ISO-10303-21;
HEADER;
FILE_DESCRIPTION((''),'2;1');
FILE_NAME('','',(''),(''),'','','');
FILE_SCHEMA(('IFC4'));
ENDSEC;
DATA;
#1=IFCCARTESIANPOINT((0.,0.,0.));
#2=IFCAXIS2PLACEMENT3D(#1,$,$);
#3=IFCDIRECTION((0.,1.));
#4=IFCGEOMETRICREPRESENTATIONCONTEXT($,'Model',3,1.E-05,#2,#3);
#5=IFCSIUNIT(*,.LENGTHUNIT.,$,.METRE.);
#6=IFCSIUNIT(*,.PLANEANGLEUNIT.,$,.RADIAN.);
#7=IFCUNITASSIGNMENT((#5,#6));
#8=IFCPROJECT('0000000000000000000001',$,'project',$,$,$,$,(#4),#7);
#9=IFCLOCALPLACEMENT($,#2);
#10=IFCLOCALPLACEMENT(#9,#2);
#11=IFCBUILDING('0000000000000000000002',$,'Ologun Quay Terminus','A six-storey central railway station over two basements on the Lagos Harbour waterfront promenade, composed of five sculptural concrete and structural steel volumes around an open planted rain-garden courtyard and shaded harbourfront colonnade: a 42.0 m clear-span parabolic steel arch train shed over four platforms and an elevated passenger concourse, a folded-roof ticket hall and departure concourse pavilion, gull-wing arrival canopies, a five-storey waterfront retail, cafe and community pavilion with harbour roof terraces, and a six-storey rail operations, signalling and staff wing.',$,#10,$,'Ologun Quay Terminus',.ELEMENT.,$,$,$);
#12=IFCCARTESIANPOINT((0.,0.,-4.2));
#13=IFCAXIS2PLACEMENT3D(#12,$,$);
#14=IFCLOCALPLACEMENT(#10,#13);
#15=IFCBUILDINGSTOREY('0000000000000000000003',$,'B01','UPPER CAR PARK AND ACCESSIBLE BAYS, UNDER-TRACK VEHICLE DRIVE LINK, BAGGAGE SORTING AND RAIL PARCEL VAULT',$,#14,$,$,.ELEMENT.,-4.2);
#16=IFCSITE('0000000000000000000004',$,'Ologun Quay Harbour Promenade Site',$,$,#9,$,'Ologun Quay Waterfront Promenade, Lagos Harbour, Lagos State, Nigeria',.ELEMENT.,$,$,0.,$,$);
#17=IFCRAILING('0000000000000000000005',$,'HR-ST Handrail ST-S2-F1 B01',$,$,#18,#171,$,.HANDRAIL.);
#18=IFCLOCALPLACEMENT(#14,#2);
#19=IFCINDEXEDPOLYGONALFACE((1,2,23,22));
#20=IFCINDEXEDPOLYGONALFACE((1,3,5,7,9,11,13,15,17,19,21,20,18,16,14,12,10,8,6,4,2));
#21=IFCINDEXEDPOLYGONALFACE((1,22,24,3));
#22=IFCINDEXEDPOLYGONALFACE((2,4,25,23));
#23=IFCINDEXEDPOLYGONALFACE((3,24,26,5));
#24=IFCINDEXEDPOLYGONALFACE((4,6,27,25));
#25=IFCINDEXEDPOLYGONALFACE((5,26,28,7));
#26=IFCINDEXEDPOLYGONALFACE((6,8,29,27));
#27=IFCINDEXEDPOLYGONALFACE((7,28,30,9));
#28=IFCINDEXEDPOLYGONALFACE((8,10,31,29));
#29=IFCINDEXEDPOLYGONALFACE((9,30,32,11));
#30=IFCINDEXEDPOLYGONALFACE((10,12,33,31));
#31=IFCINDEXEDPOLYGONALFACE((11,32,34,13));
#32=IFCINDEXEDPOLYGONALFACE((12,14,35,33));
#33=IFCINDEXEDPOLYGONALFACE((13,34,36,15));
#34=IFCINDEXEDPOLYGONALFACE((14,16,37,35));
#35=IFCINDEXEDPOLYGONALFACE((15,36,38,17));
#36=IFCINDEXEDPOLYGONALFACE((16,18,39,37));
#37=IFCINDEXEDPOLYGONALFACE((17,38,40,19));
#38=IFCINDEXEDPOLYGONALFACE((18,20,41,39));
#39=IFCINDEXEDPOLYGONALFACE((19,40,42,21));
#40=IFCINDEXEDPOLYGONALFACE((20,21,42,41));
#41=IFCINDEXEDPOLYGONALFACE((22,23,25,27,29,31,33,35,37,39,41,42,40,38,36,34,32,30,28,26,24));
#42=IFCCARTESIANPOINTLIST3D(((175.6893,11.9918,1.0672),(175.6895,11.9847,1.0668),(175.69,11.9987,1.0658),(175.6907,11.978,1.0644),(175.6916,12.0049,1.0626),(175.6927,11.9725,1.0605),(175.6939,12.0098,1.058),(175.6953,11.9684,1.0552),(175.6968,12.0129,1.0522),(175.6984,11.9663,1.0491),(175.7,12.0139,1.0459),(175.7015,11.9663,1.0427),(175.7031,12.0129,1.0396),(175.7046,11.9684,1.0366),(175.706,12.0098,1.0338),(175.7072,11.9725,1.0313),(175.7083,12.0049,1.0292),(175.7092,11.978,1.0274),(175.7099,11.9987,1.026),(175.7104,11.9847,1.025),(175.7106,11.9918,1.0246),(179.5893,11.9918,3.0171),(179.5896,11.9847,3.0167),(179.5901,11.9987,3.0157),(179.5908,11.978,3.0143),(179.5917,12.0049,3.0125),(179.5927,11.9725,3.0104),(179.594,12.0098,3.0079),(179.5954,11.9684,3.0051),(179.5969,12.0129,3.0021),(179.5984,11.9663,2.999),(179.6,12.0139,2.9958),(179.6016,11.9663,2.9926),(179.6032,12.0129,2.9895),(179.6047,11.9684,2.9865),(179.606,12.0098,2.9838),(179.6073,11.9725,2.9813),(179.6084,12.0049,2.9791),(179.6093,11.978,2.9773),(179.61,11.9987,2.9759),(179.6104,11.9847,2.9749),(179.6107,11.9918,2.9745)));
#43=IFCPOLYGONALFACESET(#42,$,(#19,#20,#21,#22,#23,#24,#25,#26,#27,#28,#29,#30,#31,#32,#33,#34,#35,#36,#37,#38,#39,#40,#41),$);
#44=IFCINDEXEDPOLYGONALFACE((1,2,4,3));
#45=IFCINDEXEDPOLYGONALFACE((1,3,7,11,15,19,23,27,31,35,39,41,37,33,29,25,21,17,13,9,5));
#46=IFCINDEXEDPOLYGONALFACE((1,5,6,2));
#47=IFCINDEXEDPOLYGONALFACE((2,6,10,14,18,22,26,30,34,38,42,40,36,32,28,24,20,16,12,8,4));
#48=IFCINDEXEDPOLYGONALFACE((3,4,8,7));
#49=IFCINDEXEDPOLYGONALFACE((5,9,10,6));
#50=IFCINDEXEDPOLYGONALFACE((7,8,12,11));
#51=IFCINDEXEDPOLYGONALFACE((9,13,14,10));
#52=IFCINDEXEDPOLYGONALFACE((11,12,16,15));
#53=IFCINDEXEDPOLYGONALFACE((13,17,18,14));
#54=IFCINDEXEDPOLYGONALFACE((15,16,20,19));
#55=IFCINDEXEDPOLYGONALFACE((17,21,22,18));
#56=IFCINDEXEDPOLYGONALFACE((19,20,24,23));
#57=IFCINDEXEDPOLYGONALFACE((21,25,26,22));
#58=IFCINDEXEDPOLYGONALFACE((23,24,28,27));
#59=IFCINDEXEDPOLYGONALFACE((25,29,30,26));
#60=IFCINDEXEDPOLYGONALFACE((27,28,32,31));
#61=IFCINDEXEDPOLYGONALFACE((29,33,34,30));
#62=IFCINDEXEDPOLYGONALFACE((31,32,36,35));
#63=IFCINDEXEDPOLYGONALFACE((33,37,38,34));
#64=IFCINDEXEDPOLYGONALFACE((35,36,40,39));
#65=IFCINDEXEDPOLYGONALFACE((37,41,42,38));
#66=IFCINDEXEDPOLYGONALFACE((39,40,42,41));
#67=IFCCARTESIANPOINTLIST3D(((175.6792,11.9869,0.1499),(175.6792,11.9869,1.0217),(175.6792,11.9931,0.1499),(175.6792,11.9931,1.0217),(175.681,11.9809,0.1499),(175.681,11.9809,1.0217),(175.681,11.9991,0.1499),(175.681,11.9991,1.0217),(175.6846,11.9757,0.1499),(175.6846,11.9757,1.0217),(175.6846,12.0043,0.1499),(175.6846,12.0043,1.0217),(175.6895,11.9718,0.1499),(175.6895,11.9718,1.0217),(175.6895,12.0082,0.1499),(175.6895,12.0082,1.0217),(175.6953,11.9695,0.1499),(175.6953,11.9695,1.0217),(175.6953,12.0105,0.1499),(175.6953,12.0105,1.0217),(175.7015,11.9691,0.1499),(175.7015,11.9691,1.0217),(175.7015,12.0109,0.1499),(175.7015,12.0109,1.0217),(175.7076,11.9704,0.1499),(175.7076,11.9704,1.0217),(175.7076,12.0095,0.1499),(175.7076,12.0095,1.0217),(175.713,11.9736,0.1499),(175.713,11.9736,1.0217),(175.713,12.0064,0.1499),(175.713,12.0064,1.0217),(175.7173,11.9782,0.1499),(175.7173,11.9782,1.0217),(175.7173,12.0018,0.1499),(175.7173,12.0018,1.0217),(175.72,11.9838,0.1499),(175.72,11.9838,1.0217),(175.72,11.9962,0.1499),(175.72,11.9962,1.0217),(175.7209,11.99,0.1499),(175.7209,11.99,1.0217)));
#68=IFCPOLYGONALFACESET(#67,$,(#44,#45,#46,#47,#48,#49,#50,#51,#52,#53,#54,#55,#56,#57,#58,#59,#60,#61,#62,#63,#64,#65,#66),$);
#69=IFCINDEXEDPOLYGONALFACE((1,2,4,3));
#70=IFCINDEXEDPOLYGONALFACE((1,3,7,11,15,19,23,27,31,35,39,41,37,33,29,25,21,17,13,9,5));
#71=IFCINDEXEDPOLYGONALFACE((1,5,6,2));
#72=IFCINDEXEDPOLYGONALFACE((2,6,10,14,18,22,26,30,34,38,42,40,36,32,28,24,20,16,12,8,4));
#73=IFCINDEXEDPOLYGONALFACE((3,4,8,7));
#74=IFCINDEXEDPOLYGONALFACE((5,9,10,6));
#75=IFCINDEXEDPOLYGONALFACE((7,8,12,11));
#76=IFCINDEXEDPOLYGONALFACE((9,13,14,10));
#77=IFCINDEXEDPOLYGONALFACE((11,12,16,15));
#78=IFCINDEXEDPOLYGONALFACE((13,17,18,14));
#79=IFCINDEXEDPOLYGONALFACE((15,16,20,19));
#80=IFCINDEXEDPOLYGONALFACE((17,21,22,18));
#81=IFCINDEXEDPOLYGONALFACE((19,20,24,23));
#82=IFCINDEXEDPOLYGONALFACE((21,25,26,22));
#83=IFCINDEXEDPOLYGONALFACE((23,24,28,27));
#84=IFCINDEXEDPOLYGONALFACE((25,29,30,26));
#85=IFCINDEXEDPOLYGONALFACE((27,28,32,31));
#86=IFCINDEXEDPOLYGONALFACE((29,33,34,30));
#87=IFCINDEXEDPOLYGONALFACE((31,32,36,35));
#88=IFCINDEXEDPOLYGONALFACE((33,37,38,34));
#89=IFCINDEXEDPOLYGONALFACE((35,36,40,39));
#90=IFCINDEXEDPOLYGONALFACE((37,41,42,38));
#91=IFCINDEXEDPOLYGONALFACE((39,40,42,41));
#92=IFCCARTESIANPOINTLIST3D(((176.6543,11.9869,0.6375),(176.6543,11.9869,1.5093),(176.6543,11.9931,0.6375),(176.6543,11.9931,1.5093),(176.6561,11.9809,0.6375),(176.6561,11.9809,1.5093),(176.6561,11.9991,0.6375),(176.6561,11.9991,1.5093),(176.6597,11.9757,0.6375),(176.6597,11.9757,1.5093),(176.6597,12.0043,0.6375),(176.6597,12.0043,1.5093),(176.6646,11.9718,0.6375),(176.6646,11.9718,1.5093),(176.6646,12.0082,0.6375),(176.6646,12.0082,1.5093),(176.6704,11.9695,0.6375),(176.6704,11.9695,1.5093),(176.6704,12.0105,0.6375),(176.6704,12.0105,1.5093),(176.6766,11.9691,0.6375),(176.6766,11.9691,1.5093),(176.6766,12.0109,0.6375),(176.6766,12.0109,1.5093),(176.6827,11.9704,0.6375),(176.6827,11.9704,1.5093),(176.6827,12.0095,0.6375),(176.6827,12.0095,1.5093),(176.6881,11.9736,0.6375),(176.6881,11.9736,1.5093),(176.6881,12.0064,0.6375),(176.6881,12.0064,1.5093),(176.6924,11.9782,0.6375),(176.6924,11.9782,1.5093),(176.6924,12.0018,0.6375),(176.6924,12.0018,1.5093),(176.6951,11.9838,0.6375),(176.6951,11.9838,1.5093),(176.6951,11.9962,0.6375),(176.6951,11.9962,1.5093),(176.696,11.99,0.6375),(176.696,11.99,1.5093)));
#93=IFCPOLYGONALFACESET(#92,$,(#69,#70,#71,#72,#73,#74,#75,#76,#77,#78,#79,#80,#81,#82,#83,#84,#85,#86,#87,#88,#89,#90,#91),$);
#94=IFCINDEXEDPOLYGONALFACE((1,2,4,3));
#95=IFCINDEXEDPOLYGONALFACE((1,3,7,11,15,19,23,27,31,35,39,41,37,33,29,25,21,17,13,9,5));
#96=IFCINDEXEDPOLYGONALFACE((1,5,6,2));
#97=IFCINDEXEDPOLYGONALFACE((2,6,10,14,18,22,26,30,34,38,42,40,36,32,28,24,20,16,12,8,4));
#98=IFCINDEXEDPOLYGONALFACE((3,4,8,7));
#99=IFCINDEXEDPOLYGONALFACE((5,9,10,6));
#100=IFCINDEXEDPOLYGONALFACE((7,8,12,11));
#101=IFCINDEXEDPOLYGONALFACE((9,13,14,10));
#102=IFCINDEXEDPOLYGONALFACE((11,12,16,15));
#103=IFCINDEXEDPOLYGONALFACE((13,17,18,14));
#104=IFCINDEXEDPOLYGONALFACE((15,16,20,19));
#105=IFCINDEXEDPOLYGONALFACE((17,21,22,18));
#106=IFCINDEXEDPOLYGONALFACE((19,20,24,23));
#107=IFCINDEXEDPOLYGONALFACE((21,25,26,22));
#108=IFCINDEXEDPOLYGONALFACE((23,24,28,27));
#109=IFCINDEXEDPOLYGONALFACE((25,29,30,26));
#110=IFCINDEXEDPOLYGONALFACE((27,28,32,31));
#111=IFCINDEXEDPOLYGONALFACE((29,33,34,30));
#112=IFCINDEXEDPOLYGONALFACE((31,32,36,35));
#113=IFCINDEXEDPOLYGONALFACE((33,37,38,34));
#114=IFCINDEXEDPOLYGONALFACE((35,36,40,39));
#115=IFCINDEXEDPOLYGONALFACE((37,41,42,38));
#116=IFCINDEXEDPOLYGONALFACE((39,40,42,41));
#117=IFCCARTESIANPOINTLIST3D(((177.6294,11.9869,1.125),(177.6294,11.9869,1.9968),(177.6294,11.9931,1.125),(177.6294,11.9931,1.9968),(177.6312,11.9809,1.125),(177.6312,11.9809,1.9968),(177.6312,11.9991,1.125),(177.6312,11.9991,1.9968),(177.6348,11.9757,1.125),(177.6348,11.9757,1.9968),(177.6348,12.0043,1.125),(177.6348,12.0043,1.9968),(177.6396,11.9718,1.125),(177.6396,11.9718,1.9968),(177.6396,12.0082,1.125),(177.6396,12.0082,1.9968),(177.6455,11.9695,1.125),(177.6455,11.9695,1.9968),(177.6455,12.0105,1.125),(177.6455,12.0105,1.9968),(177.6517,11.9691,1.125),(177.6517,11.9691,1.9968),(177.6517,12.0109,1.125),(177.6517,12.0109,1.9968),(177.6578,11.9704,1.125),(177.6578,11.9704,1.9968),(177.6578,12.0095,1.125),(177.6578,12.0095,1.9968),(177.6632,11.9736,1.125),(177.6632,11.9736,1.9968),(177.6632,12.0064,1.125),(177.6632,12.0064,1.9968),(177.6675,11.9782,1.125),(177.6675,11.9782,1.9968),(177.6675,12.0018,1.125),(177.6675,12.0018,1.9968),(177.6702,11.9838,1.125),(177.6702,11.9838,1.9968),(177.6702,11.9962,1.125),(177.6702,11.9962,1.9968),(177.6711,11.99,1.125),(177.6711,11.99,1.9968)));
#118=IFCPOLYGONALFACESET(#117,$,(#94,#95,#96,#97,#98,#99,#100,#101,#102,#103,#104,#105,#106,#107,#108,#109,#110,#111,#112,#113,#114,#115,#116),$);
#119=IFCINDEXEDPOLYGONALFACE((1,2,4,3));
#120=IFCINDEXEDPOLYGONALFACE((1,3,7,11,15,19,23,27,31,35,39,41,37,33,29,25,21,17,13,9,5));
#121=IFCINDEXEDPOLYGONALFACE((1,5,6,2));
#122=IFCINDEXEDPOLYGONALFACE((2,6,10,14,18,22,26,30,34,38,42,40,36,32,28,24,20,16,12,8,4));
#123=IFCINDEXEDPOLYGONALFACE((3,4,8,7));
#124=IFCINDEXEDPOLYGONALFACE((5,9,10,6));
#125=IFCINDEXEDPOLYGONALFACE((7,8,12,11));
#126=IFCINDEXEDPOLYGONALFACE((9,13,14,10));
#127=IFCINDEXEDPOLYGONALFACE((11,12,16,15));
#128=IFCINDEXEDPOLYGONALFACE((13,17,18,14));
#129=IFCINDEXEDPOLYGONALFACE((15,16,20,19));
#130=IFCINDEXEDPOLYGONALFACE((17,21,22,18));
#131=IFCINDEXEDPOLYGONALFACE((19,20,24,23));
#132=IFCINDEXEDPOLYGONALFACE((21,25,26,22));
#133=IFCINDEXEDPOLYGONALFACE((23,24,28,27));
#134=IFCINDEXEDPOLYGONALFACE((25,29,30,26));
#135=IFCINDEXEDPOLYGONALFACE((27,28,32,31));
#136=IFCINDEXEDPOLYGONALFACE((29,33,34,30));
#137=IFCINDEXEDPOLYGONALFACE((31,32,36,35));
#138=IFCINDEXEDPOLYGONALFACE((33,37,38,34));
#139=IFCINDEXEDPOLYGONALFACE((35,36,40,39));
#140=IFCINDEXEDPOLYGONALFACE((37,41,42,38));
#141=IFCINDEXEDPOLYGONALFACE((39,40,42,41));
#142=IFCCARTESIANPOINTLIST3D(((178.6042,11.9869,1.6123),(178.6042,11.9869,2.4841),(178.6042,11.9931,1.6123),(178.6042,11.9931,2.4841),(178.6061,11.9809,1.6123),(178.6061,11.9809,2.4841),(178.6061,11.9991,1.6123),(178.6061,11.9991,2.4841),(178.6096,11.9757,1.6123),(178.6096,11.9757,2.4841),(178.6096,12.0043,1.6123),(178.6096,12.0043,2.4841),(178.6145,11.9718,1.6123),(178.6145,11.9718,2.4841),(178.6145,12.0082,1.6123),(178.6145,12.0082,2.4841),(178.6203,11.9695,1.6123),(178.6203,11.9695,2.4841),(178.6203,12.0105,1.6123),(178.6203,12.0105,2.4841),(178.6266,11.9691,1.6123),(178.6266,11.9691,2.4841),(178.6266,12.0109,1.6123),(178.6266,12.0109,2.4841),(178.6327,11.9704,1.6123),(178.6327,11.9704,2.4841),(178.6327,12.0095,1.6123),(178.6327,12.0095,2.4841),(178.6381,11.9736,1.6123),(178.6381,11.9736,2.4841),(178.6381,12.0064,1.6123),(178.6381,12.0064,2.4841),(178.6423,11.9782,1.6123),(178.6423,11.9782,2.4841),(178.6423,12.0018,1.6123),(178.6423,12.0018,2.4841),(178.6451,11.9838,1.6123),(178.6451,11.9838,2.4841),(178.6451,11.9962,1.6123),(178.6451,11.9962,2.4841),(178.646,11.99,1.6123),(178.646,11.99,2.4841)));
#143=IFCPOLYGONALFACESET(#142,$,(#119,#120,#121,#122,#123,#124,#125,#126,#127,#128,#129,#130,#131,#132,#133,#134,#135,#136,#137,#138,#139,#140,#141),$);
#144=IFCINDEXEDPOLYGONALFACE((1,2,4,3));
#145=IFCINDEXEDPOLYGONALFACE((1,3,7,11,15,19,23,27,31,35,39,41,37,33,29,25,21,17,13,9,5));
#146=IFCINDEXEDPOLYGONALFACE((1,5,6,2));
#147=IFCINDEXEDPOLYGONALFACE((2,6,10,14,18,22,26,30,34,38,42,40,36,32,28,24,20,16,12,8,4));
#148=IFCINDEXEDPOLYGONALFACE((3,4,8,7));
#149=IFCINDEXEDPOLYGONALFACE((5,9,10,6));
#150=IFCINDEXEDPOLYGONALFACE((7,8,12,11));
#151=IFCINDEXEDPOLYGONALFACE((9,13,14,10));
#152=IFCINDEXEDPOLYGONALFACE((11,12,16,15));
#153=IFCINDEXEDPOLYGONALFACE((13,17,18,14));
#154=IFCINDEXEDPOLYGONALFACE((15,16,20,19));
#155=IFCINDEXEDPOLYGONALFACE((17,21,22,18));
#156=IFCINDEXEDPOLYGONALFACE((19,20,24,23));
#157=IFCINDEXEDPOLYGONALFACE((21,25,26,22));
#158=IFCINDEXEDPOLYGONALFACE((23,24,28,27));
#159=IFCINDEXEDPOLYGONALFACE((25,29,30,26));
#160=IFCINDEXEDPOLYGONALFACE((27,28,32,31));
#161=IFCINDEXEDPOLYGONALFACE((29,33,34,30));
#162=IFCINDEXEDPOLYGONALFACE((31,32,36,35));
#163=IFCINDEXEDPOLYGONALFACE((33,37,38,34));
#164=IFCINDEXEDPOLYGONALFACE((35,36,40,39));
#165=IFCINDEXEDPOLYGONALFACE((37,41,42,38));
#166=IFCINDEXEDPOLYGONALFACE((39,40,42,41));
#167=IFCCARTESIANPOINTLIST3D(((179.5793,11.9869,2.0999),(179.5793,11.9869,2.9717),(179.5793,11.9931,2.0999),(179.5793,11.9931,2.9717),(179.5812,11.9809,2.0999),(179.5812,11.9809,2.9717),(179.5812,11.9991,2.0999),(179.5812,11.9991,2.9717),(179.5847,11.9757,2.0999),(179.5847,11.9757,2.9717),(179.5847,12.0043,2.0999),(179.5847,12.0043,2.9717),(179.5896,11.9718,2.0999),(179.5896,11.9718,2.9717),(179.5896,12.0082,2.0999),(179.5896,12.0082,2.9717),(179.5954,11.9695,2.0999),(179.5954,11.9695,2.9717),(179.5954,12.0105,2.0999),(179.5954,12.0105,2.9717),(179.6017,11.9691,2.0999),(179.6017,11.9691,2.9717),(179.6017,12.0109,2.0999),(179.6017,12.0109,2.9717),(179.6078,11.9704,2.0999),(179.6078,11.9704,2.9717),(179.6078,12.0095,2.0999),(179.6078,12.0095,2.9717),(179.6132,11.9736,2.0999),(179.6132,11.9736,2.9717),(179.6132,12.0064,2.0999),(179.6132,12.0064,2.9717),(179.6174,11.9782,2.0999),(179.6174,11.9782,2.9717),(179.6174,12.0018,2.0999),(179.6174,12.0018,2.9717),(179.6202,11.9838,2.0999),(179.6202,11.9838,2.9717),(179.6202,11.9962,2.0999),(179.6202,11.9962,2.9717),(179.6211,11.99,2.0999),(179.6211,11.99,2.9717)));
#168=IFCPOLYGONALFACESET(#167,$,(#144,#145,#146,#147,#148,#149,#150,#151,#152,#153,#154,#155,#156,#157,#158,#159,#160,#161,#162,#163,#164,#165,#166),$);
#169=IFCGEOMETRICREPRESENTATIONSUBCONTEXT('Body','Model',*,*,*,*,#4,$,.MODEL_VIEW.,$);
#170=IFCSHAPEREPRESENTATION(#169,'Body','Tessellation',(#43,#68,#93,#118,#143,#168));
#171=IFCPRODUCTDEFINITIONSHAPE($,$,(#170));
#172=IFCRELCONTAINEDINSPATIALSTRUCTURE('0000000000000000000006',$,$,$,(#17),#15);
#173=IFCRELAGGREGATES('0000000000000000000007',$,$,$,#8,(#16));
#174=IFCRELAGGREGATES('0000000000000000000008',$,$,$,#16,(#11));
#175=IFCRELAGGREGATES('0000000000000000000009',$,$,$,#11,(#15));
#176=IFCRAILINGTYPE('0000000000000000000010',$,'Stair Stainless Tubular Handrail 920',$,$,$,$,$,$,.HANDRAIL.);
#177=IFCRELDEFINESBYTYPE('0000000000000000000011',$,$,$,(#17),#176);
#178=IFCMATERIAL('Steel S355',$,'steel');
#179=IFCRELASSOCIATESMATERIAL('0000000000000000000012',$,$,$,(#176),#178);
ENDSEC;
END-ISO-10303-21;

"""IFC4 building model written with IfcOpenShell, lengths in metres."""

from ifc_helpers import new_model, si_unit, direction, frame, origin, origin_2d, place, context, subcontext, project, spatial, circle, extrude, material, type_object, element, save


model = new_model("IFC4")

# Units and contexts
model_context = context("Model", 3, precision=1e-05, world=origin(), true_north=direction((0.0, 1.0)))
body_context = subcontext(model_context, "Body", "Model", "MODEL_VIEW")
ifc_project = project(units=[si_unit("LENGTHUNIT", "METRE"), si_unit("PLANEANGLEUNIT", "RADIAN")], contexts=[model_context])

# Site, building, storey
site_placement = place(None, origin())
site = spatial("IfcSite", under=ifc_project, at=site_placement, Name="Ologun Quay Harbour Promenade Site", LongName="Ologun Quay Waterfront Promenade, Lagos Harbour, Lagos State, Nigeria", CompositionType="ELEMENT", RefElevation=0.0)
building_placement = place(site_placement, origin())
building = spatial("IfcBuilding", under=site, at=building_placement, Name="Ologun Quay Terminus", Description="A six-storey central railway station over two basements on the Lagos Harbour waterfront promenade, composed of five sculptural concrete and structural steel volumes around an open planted rain-garden courtyard and shaded harbourfront colonnade: a 42.0 m clear-span parabolic steel arch train shed over four platforms and an elevated passenger concourse, a folded-roof ticket hall and departure concourse pavilion, gull-wing arrival canopies, a five-storey waterfront retail, cafe and community pavilion with harbour roof terraces, and a six-storey rail operations, signalling and staff wing.", LongName="Ologun Quay Terminus", CompositionType="ELEMENT")
storey_placement = place(building_placement, frame((0.0, 0.0, -4.2)))
storey = spatial("IfcBuildingStorey", under=building, at=storey_placement, Name="B01", Description="UPPER CAR PARK AND ACCESSIBLE BAYS, UNDER-TRACK VEHICLE DRIVE LINK, BAGGAGE SORTING AND RAIL PARCEL VAULT", CompositionType="ELEMENT", Elevation=-4.2)

# Railing
ifc_material_1 = material(Name="Steel S355", Category="steel")
railing_type_1 = type_object("IfcRailingType", Name="Stair Stainless Tubular Handrail 920", PredefinedType="HANDRAIL", material=ifc_material_1)
railing_1_placement = place(storey_placement, frame((175.7, 11.99, 0.1499)))
element("IfcRailing", 1, at=railing_1_placement, inside=storey, type_object=railing_type_1, Name="HR-ST Handrail ST-S2-F1 B01", PredefinedType="HANDRAIL", context=body_context, shape_type="SweptSolid", body=[
    extrude(circle(Radius=0.0239, at=origin_2d()), frame((0.0, 0.0, 0.896), z_axis=(0.894438, 0.0, 0.447191), x_axis=(0.0, 1.0, 0.0)), (0.0, 0.0, 1.0), 4.3604),
    extrude(circle(Radius=0.021, at=origin_2d()), origin(), (0.0, 0.0, 1.0), 0.8718),
    extrude(circle(Radius=0.021, at=origin_2d()), frame((0.9751, 0.0, 0.4875)), (0.0, 0.0, 1.0), 0.8718),
    extrude(circle(Radius=0.021, at=origin_2d()), frame((1.9502, 0.0, 0.9751)), (0.0, 0.0, 1.0), 0.8718),
    extrude(circle(Radius=0.021, at=origin_2d()), frame((2.925, 0.0, 1.4624)), (0.0, 0.0, 1.0), 0.8718),
    extrude(circle(Radius=0.021, at=origin_2d()), frame((3.9001, 0.0, 1.95)), (0.0, 0.0, 1.0), 0.8718),
])

save(model, "model.ifc")
